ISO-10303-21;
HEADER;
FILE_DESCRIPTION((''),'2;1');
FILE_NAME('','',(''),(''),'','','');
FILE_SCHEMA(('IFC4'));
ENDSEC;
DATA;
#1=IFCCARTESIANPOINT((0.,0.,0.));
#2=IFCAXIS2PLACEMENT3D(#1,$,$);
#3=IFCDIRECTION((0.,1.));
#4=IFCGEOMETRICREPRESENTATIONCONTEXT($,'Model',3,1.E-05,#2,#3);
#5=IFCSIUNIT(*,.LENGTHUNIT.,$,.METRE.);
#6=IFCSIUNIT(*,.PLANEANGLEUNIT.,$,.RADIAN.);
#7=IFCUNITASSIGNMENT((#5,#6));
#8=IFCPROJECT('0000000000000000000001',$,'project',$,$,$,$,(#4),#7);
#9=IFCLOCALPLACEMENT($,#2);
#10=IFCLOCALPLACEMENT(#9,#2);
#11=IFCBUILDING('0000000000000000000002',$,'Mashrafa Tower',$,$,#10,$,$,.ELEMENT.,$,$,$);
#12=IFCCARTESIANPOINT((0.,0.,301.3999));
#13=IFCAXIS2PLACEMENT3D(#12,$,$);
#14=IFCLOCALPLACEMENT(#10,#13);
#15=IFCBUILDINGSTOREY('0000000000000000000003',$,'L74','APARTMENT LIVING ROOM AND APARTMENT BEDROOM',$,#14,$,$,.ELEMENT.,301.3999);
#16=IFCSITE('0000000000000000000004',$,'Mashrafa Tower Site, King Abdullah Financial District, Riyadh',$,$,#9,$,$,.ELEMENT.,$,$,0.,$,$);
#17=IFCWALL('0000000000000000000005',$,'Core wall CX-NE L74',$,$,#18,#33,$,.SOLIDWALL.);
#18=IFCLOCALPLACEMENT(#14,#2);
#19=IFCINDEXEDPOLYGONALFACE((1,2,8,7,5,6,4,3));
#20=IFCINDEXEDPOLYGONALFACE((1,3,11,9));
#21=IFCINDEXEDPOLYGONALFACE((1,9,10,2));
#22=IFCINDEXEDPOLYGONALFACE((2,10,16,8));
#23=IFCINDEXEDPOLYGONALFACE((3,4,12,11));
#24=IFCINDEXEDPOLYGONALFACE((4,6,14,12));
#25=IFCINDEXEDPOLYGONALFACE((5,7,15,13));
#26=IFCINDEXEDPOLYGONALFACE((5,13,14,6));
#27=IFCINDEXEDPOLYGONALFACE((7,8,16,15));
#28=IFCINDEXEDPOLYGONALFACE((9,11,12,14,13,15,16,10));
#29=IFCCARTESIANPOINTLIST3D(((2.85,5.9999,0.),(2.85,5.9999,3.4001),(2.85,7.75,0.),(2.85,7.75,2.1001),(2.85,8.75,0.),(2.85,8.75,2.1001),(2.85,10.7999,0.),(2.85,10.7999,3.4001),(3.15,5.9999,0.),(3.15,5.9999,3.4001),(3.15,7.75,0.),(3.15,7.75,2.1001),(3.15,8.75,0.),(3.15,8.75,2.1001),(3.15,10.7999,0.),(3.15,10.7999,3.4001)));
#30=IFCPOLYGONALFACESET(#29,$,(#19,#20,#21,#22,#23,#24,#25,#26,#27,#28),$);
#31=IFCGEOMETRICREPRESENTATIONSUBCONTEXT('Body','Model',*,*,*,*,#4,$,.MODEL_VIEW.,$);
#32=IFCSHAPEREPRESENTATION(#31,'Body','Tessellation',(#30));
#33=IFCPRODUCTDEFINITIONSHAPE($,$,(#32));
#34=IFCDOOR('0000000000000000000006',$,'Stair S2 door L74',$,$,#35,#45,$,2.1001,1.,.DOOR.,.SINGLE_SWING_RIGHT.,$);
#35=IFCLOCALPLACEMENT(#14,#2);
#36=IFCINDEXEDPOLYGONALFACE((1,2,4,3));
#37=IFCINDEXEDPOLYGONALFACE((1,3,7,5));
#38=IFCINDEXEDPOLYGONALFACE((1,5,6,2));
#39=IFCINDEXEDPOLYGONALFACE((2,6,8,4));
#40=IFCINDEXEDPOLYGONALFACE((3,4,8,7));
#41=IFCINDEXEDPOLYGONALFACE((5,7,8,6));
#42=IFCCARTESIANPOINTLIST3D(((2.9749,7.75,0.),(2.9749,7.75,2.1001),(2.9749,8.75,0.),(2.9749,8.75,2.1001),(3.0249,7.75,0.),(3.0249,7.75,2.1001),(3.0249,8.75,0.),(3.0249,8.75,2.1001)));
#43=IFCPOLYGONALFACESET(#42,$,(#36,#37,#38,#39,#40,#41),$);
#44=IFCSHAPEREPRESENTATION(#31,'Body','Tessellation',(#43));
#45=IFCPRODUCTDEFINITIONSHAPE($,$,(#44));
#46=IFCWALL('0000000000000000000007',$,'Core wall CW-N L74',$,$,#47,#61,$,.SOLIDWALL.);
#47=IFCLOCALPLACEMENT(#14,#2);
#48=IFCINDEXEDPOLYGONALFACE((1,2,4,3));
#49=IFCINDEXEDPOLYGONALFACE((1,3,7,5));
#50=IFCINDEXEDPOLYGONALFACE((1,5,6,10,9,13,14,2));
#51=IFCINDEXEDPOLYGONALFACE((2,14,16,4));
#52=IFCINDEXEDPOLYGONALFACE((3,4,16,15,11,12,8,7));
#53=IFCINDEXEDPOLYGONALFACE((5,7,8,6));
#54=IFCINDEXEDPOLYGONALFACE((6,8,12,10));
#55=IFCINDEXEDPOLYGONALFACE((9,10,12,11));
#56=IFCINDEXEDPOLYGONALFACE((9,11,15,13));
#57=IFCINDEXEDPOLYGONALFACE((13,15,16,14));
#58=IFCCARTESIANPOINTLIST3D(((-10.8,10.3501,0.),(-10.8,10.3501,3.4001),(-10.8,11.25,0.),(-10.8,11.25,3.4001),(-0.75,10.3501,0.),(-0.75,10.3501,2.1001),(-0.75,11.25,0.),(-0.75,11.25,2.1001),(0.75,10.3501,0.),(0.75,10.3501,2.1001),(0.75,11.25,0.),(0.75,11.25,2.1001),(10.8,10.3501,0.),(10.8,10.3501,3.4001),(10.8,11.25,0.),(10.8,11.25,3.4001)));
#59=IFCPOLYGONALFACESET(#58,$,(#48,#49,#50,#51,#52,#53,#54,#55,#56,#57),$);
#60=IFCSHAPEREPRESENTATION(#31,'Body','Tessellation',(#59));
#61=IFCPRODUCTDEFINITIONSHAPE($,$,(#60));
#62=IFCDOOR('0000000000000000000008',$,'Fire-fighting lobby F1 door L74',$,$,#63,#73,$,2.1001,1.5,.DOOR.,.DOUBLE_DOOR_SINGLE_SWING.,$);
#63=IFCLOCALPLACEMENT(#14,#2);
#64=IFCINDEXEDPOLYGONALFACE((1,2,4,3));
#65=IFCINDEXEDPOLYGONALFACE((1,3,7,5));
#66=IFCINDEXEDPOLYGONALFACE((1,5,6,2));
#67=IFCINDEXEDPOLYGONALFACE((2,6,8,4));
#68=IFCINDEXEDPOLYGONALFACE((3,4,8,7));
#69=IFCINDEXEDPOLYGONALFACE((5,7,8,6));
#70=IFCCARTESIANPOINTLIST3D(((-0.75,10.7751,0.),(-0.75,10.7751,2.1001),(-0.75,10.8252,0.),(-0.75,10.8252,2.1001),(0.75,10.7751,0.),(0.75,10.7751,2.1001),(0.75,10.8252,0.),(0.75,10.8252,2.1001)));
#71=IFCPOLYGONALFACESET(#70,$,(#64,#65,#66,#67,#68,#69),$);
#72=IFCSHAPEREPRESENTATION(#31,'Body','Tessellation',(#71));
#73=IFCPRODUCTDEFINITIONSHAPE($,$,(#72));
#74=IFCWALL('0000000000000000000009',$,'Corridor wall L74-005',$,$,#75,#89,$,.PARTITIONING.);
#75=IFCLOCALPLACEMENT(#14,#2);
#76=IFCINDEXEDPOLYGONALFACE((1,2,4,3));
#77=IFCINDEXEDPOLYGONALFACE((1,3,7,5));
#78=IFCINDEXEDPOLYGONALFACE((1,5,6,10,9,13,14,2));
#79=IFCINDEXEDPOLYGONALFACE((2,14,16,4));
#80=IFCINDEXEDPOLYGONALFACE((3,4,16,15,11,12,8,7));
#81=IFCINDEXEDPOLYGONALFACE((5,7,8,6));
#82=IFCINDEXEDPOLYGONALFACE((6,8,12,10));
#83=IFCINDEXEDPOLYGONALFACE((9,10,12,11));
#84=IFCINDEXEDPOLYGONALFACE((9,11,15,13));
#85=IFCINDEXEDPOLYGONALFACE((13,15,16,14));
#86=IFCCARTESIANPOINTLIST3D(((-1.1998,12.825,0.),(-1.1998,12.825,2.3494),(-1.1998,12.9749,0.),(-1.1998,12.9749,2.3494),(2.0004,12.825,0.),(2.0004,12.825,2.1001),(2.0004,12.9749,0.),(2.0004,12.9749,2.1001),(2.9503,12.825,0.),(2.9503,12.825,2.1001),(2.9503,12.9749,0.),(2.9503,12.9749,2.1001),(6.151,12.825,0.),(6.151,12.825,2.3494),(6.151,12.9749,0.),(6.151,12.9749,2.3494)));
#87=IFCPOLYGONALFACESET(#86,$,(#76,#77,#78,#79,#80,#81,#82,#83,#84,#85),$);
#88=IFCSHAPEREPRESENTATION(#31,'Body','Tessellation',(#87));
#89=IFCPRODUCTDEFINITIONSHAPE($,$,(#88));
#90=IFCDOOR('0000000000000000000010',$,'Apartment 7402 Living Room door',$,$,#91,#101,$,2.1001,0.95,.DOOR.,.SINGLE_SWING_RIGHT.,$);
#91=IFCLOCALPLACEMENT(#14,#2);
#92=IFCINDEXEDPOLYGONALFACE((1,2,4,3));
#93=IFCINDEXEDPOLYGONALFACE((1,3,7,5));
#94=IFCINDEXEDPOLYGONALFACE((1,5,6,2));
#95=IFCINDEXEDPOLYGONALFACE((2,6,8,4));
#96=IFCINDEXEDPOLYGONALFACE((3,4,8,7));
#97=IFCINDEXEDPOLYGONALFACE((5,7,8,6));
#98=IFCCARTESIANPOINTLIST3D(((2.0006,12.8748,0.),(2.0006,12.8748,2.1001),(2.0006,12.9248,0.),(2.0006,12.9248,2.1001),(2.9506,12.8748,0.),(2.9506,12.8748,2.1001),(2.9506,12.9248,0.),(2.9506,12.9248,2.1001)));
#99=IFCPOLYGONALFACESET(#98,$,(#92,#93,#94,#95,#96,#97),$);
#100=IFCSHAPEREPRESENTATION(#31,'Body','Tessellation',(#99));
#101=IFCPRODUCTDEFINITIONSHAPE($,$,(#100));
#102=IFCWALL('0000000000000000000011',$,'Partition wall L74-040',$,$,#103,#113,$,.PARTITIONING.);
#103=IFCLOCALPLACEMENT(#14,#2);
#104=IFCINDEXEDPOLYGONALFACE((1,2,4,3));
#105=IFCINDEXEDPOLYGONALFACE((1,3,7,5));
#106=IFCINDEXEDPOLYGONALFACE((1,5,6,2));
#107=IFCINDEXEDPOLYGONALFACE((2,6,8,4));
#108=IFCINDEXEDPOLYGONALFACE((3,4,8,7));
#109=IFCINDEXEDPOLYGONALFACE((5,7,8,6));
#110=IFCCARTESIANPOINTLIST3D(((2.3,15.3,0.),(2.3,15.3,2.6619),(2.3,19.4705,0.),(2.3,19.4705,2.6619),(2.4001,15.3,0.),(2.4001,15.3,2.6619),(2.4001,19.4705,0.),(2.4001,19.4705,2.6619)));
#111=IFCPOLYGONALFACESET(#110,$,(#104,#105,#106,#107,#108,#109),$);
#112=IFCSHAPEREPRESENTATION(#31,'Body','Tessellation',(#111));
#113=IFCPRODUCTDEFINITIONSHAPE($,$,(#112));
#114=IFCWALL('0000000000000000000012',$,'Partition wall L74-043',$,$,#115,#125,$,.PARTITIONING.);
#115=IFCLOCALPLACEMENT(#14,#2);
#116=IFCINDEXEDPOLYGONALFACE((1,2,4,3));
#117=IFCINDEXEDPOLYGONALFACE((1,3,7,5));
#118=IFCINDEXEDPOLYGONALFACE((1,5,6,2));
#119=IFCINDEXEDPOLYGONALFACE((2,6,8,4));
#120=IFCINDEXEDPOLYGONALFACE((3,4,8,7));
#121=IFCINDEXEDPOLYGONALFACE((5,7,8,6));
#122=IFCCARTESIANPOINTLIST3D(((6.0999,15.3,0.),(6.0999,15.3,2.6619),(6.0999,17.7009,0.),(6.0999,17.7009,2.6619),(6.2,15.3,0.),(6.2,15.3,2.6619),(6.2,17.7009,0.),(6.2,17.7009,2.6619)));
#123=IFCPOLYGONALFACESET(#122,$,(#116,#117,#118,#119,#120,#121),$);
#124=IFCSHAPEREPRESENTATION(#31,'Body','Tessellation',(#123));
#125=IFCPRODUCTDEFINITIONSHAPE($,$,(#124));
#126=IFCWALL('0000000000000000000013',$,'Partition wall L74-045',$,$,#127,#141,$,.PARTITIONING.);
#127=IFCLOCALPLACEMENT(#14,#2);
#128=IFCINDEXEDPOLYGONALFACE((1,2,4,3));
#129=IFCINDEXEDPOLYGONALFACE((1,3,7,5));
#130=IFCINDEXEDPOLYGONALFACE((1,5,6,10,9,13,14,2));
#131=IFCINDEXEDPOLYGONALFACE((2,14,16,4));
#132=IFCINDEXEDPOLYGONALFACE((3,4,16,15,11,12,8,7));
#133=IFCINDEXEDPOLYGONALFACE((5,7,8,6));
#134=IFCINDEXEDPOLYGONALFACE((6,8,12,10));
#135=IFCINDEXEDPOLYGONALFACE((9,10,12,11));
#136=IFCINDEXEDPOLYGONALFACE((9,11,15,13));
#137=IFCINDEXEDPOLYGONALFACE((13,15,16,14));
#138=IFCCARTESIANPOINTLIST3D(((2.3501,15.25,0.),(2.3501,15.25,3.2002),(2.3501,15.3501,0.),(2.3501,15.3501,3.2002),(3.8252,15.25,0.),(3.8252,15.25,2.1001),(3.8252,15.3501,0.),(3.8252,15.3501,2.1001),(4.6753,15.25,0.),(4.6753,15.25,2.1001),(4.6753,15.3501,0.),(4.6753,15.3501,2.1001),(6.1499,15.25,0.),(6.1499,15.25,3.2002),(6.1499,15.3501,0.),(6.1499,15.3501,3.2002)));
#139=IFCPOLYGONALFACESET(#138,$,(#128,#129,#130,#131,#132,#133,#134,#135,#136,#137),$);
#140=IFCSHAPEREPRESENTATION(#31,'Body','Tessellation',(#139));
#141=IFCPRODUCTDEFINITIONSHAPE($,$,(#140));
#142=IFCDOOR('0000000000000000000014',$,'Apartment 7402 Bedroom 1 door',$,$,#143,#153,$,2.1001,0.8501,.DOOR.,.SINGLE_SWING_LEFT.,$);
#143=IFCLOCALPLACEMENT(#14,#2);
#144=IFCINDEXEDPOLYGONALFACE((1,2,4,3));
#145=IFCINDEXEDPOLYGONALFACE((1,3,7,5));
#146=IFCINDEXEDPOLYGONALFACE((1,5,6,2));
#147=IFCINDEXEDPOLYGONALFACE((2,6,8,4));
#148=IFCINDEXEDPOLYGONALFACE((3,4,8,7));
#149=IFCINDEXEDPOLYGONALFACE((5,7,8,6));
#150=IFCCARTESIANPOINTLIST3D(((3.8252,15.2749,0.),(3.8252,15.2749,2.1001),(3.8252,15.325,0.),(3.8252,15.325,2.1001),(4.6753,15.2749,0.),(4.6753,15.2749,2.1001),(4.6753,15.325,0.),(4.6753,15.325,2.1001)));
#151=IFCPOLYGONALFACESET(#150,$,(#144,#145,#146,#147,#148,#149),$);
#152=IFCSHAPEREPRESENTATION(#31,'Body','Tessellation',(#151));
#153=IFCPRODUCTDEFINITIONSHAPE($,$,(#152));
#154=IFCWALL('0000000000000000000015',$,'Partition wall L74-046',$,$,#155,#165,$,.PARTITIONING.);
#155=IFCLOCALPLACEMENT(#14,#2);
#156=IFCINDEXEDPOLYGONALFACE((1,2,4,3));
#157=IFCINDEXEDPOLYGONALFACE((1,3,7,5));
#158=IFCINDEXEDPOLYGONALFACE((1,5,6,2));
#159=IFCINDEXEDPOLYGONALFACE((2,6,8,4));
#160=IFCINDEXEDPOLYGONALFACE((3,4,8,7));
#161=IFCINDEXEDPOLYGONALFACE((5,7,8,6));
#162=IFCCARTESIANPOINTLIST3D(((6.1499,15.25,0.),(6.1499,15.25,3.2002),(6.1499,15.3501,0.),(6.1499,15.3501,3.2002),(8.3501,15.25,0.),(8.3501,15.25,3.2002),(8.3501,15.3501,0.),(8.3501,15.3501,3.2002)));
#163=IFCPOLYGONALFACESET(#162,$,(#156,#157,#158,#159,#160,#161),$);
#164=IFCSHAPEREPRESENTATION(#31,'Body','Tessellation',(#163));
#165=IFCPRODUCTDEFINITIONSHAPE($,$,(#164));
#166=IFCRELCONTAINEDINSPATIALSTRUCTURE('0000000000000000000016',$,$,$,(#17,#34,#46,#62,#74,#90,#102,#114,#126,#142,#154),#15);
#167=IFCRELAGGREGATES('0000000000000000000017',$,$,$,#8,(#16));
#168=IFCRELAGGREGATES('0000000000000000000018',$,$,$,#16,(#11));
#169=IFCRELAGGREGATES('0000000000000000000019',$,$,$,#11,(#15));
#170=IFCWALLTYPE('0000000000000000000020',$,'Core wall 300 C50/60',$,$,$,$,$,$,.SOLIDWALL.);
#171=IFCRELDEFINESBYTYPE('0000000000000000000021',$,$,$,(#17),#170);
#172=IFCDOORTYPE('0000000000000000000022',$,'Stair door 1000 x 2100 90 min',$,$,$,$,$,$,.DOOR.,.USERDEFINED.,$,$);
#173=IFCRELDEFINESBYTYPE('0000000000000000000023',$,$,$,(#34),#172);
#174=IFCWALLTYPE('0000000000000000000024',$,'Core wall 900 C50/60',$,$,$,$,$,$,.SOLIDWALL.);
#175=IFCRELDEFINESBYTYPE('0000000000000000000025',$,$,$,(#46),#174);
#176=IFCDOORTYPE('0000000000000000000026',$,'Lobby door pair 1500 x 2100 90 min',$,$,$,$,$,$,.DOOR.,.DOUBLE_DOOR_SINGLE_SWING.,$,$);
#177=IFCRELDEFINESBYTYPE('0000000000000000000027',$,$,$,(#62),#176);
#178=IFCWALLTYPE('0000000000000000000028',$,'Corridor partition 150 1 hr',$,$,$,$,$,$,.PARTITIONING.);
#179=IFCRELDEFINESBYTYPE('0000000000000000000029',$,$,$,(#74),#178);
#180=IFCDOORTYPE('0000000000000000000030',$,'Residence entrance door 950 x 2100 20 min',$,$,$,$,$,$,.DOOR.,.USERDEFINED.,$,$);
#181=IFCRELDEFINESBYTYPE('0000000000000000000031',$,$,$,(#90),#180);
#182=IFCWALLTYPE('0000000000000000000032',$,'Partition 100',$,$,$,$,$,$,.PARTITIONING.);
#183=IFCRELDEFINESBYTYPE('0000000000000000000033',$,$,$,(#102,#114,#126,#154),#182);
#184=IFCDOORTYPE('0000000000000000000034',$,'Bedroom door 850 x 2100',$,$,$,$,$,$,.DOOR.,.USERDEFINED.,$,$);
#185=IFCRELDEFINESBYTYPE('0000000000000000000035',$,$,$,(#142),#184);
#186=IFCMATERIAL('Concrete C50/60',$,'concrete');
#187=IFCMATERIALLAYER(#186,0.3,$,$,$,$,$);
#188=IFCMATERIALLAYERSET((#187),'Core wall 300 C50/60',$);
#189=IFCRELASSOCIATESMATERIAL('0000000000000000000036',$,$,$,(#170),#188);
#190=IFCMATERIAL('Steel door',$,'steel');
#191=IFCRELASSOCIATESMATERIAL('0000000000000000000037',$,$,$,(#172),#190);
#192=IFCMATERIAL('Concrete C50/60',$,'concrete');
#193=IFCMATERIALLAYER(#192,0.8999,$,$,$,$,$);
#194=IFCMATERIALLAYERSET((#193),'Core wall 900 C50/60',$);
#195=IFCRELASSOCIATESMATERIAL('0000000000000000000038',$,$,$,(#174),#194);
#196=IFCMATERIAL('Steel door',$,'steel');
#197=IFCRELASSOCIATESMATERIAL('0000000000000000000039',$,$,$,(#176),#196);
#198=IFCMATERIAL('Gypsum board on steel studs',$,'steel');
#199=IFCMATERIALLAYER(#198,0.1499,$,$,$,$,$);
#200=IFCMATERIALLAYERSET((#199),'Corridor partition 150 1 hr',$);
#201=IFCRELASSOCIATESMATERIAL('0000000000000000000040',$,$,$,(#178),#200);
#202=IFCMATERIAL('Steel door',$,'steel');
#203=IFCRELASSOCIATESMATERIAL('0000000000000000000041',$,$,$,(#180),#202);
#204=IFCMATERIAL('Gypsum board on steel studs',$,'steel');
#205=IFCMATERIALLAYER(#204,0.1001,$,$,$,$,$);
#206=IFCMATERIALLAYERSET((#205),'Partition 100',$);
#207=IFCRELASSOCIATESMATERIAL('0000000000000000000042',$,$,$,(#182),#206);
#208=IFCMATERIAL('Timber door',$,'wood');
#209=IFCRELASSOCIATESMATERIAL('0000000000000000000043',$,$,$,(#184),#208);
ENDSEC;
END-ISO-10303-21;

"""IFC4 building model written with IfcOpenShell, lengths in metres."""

from ifc_helpers import new_model, si_unit, direction, frame, frame_2d, origin, place, context, subcontext, project, spatial, rectangle, extrude, material, layer, layer_set, type_object, element, fill, save


model = new_model("IFC4")

# Units and contexts
model_context = context("Model", 3, precision=1e-05, world=origin(), true_north=direction((0.0, 1.0)))
body_context = subcontext(model_context, "Body", "Model", "MODEL_VIEW")
ifc_project = project(units=[si_unit("LENGTHUNIT", "METRE"), si_unit("PLANEANGLEUNIT", "RADIAN")], contexts=[model_context])

# Site, building, storey
site_placement = place(None, origin())
site = spatial("IfcSite", under=ifc_project, at=site_placement, Name="Mashrafa Tower Site, King Abdullah Financial District, Riyadh", CompositionType="ELEMENT", RefElevation=0.0)
building_placement = place(site_placement, origin())
building = spatial("IfcBuilding", under=site, at=building_placement, Name="Mashrafa Tower", CompositionType="ELEMENT")
storey_placement = place(building_placement, frame((0.0, 0.0, 301.3999)))
storey = spatial("IfcBuildingStorey", under=building, at=storey_placement, Name="L74", Description="APARTMENT LIVING ROOM AND APARTMENT BEDROOM", CompositionType="ELEMENT", Elevation=301.3999)

# Walls, openings, doors
ifc_material_1 = material(Name="Concrete C50/60", Category="concrete")
ifc_layer_1 = layer(ifc_material_1, 0.3)
ifc_layer_set_1 = layer_set([ifc_layer_1], Name="Core wall 300 C50/60")
wall_type_1 = type_object("IfcWallType", Name="Core wall 300 C50/60", PredefinedType="SOLIDWALL", material=ifc_layer_set_1)
wall_1_placement = place(storey_placement, frame((3.0, 6.0, 0.0), z_axis=(0.0, 0.0, 1.0), x_axis=(0.0, 1.0, 0.0)))
wall_1 = element("IfcWall", 1, at=wall_1_placement, inside=storey, type_object=wall_type_1, Name="Core wall CX-NE L74", PredefinedType="SOLIDWALL", context=body_context, shape_type="SweptSolid", body=[
    extrude(rectangle(XDim=4.8, YDim=0.3, at=frame_2d((2.3999, 0.0))), origin(), (0.0, 0.0, 1.0), 3.4001),
])
opening_1_placement = place(wall_1_placement, frame((1.75, 0.0, 0.0)))
opening_1 = element("IfcOpeningElement", 2, at=opening_1_placement, cuts=wall_1, PredefinedType="OPENING", context=body_context, shape_type="SweptSolid", body=[
    extrude(rectangle(XDim=1.0, YDim=2.1001, at=frame_2d((0.5, 1.05))), frame((0.0, 0.1599, 0.0), z_axis=(0.0, -1.0, 0.0), x_axis=(1.0, 0.0, 0.0)), (0.0, 0.0, 1.0), 0.3201),
])
ifc_material_2 = material(Name="Steel door", Category="steel")
door_type_1 = type_object("IfcDoorType", Name="Stair door 1000 x 2100 90 min", OperationType="USERDEFINED", PredefinedType="DOOR", material=ifc_material_2)
door_1_placement = place(opening_1_placement, frame((1.0, 0.0, 0.0), z_axis=(0.0, 0.0, 1.0), x_axis=(-1.0, 0.0, 0.0)))
door_1 = element("IfcDoor", 3, at=door_1_placement, inside=storey, type_object=door_type_1, Name="Stair S2 door L74", OperationType="SINGLE_SWING_RIGHT", OverallHeight=2.1001, OverallWidth=1.0, PredefinedType="DOOR", context=body_context, shape_type="SweptSolid", body=[
    extrude(rectangle(XDim=1.0, YDim=2.1001, at=frame_2d((0.5, 1.05))), frame((0.0, 0.0249, 0.0), z_axis=(0.0, -1.0, 0.0), x_axis=(1.0, 0.0, 0.0)), (0.0, 0.0, 1.0), 0.05),
])
fill(opening_1, door_1)
ifc_material_3 = material(Name="Concrete C50/60", Category="concrete")
ifc_layer_2 = layer(ifc_material_3, 0.8999)
ifc_layer_set_2 = layer_set([ifc_layer_2], Name="Core wall 900 C50/60")
wall_type_2 = type_object("IfcWallType", Name="Core wall 900 C50/60", PredefinedType="SOLIDWALL", material=ifc_layer_set_2)
wall_2_placement = place(storey_placement, frame((10.8, 10.8, 0.0), z_axis=(0.0, 0.0, 1.0), x_axis=(-1.0, 0.0, 0.0)))
wall_2 = element("IfcWall", 4, at=wall_2_placement, inside=storey, type_object=wall_type_2, Name="Core wall CW-N L74", PredefinedType="SOLIDWALL", context=body_context, shape_type="SweptSolid", body=[
    extrude(rectangle(XDim=21.6001, YDim=0.8999, at=frame_2d((10.8, 0.0))), origin(), (0.0, 0.0, 1.0), 3.4001),
])
opening_2_placement = place(wall_2_placement, frame((10.05, 0.0, 0.0)))
opening_2 = element("IfcOpeningElement", 5, at=opening_2_placement, cuts=wall_2, PredefinedType="OPENING", context=body_context, shape_type="SweptSolid", body=[
    extrude(rectangle(XDim=1.5, YDim=2.1001, at=frame_2d((0.75, 1.05))), frame((0.0, 0.46, 0.0), z_axis=(0.0, -1.0, 0.0), x_axis=(1.0, 0.0, 0.0)), (0.0, 0.0, 1.0), 0.9199),
])
ifc_material_4 = material(Name="Steel door", Category="steel")
door_type_2 = type_object("IfcDoorType", Name="Lobby door pair 1500 x 2100 90 min", OperationType="DOUBLE_DOOR_SINGLE_SWING", PredefinedType="DOOR", material=ifc_material_4)
door_2_placement = place(opening_2_placement, origin())
door_2 = element("IfcDoor", 6, at=door_2_placement, inside=storey, type_object=door_type_2, Name="Fire-fighting lobby F1 door L74", OperationType="DOUBLE_DOOR_SINGLE_SWING", OverallHeight=2.1001, OverallWidth=1.5, PredefinedType="DOOR", context=body_context, shape_type="SweptSolid", body=[
    extrude(rectangle(XDim=1.5, YDim=2.1001, at=frame_2d((0.75, 1.05))), frame((0.0, 0.0249, 0.0), z_axis=(0.0, -1.0, 0.0), x_axis=(1.0, 0.0, 0.0)), (0.0, 0.0, 1.0), 0.05),
])
fill(opening_2, door_2)
ifc_material_5 = material(Name="Gypsum board on steel studs", Category="steel")
ifc_layer_3 = layer(ifc_material_5, 0.1499)
ifc_layer_set_3 = layer_set([ifc_layer_3], Name="Corridor partition 150 1 hr")
wall_type_3 = type_object("IfcWallType", Name="Corridor partition 150 1 hr", PredefinedType="PARTITIONING", material=ifc_layer_set_3)
wall_3_placement = place(storey_placement, frame((6.1509, 12.8999, 0.0), z_axis=(0.0, 0.0, 1.0), x_axis=(-1.0, 0.0, 0.0)))
wall_3 = element("IfcWall", 7, at=wall_3_placement, inside=storey, type_object=wall_type_3, Name="Corridor wall L74-005", PredefinedType="PARTITIONING", context=body_context, shape_type="SweptSolid", body=[
    extrude(rectangle(XDim=7.3508, YDim=0.1499, at=frame_2d((3.6753, 0.0))), origin(), (0.0, 0.0, 1.0), 2.3494),
])
opening_3_placement = place(wall_3_placement, frame((3.2004, 0.0, 0.0)))
opening_3 = element("IfcOpeningElement", 8, at=opening_3_placement, cuts=wall_3, PredefinedType="OPENING", context=body_context, shape_type="SweptSolid", body=[
    extrude(rectangle(XDim=0.95, YDim=2.1001, at=frame_2d((0.4751, 1.05))), frame((0.0, 0.085, 0.0), z_axis=(0.0, -1.0, 0.0), x_axis=(1.0, 0.0, 0.0)), (0.0, 0.0, 1.0), 0.1699),
])
ifc_material_6 = material(Name="Steel door", Category="steel")
door_type_3 = type_object("IfcDoorType", Name="Residence entrance door 950 x 2100 20 min", OperationType="USERDEFINED", PredefinedType="DOOR", material=ifc_material_6)
door_3_placement = place(opening_3_placement, frame((0.95, 0.0, 0.0), z_axis=(0.0, 0.0, 1.0), x_axis=(-1.0, 0.0, 0.0)))
door_3 = element("IfcDoor", 9, at=door_3_placement, inside=storey, type_object=door_type_3, Name="Apartment 7402 Living Room door", OperationType="SINGLE_SWING_RIGHT", OverallHeight=2.1001, OverallWidth=0.95, PredefinedType="DOOR", context=body_context, shape_type="SweptSolid", body=[
    extrude(rectangle(XDim=0.95, YDim=2.1001, at=frame_2d((0.4751, 1.05))), frame((0.0, 0.0249, 0.0), z_axis=(0.0, -1.0, 0.0), x_axis=(1.0, 0.0, 0.0)), (0.0, 0.0, 1.0), 0.05),
])
fill(opening_3, door_3)

# Walls
ifc_material_7 = material(Name="Gypsum board on steel studs", Category="steel")
ifc_layer_4 = layer(ifc_material_7, 0.1001)
ifc_layer_set_4 = layer_set([ifc_layer_4], Name="Partition 100")
wall_type_4 = type_object("IfcWallType", Name="Partition 100", PredefinedType="PARTITIONING", material=ifc_layer_set_4)
wall_4_placement = place(storey_placement, frame((2.3501, 15.3, 0.0), z_axis=(0.0, 0.0, 1.0), x_axis=(0.0, 1.0, 0.0)))
element("IfcWall", 10, at=wall_4_placement, inside=storey, type_object=wall_type_4, Name="Partition wall L74-040", PredefinedType="PARTITIONING", context=body_context, shape_type="SweptSolid", body=[
    extrude(rectangle(XDim=4.1704, YDim=0.1001, at=frame_2d((2.0852, 0.0))), origin(), (0.0, 0.0, 1.0), 2.6619),
])
wall_5_placement = place(storey_placement, frame((6.1499, 15.3, 0.0), z_axis=(0.0, 0.0, 1.0), x_axis=(0.0, 1.0, 0.0)))
element("IfcWall", 11, at=wall_5_placement, inside=storey, type_object=wall_type_4, Name="Partition wall L74-043", PredefinedType="PARTITIONING", context=body_context, shape_type="SweptSolid", body=[
    extrude(rectangle(XDim=2.4009, YDim=0.1001, at=frame_2d((1.2004, 0.0))), origin(), (0.0, 0.0, 1.0), 2.6619),
])

# Wall, opening, door
wall_6_placement = place(storey_placement, frame((2.3501, 15.3, 0.0), z_axis=(0.0, 0.0, 1.0), x_axis=(1.0, 0.0, 0.0)))
wall_6 = element("IfcWall", 12, at=wall_6_placement, inside=storey, type_object=wall_type_4, Name="Partition wall L74-045", PredefinedType="PARTITIONING", context=body_context, shape_type="SweptSolid", body=[
    extrude(rectangle(XDim=3.7998, YDim=0.1001, at=frame_2d((1.8999, 0.0))), origin(), (0.0, 0.0, 1.0), 3.2002),
])
opening_4_placement = place(wall_6_placement, frame((1.4751, 0.0, 0.0)))
opening_4 = element("IfcOpeningElement", 13, at=opening_4_placement, cuts=wall_6, PredefinedType="OPENING", context=body_context, shape_type="SweptSolid", body=[
    extrude(rectangle(XDim=0.8501, YDim=2.1001, at=frame_2d((0.425, 1.05))), frame((0.0, 0.0601, 0.0), z_axis=(0.0, -1.0, 0.0), x_axis=(1.0, 0.0, 0.0)), (0.0, 0.0, 1.0), 0.1201),
])
ifc_material_8 = material(Name="Timber door", Category="wood")
door_type_4 = type_object("IfcDoorType", Name="Bedroom door 850 x 2100", OperationType="USERDEFINED", PredefinedType="DOOR", material=ifc_material_8)
door_4_placement = place(opening_4_placement, origin())
door_4 = element("IfcDoor", 14, at=door_4_placement, inside=storey, type_object=door_type_4, Name="Apartment 7402 Bedroom 1 door", OperationType="SINGLE_SWING_LEFT", OverallHeight=2.1001, OverallWidth=0.8501, PredefinedType="DOOR", context=body_context, shape_type="SweptSolid", body=[
    extrude(rectangle(XDim=0.8501, YDim=2.1001, at=frame_2d((0.425, 1.05))), frame((0.0, 0.0249, 0.0), z_axis=(0.0, -1.0, 0.0), x_axis=(1.0, 0.0, 0.0)), (0.0, 0.0, 1.0), 0.05),
])
fill(opening_4, door_4)

# Wall
wall_7_placement = place(storey_placement, frame((6.1499, 15.3, 0.0), z_axis=(0.0, 0.0, 1.0), x_axis=(1.0, 0.0, 0.0)))
element("IfcWall", 15, at=wall_7_placement, inside=storey, type_object=wall_type_4, Name="Partition wall L74-046", PredefinedType="PARTITIONING", context=body_context, shape_type="SweptSolid", body=[
    extrude(rectangle(XDim=2.2002, YDim=0.1001, at=frame_2d((1.1001, 0.0))), origin(), (0.0, 0.0, 1.0), 3.2002),
])

save(model, "model.ifc")
